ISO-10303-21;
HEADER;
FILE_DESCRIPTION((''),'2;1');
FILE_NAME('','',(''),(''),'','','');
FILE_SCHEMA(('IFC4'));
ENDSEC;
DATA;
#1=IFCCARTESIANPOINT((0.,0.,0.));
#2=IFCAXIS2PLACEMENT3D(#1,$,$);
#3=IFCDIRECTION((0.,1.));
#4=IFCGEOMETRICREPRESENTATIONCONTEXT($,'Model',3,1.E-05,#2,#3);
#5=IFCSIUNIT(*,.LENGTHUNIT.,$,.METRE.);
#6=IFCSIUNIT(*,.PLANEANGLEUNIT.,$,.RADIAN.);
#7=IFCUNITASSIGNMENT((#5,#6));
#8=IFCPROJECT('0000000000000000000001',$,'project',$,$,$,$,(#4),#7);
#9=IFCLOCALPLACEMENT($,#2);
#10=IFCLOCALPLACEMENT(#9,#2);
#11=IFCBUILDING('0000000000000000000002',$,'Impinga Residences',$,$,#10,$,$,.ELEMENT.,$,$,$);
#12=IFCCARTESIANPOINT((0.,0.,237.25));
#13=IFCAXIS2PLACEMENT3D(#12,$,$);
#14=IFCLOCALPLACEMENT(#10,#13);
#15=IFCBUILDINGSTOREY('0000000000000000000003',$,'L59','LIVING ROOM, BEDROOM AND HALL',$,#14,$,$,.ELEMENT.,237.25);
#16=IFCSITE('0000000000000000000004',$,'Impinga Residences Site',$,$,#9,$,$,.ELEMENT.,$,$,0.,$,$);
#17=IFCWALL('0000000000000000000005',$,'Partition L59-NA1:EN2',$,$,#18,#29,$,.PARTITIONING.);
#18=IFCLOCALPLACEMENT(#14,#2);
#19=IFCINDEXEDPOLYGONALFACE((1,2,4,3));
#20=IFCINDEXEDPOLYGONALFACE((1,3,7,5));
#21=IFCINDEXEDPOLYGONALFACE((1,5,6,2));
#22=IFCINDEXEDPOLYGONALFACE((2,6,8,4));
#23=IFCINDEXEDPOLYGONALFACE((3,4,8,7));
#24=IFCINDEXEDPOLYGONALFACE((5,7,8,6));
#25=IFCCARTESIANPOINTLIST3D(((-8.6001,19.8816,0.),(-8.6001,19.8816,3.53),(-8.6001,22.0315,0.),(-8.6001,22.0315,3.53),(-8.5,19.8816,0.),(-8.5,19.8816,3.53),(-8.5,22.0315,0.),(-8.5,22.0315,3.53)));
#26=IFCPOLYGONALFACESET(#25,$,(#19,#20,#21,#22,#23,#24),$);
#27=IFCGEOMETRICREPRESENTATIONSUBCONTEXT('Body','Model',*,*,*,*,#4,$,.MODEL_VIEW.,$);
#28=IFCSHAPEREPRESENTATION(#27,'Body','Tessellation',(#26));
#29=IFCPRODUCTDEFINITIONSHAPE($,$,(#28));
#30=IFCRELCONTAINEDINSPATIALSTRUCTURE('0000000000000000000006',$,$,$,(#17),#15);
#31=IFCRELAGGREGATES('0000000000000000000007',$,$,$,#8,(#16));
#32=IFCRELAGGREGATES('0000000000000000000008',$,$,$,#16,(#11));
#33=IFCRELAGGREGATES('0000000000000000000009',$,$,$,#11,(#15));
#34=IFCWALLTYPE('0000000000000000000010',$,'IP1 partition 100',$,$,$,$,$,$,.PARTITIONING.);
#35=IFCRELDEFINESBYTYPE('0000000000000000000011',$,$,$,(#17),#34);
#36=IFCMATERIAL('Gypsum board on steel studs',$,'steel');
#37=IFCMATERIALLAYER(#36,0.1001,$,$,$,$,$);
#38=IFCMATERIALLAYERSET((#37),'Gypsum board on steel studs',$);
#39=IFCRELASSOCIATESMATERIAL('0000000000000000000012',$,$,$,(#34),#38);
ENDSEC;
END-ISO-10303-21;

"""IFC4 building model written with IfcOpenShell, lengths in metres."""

from ifc_helpers import new_model, si_unit, direction, frame, frame_2d, origin, place, context, subcontext, project, spatial, rectangle, extrude, material, layer, layer_set, type_object, element, save


model = new_model("IFC4")

# Units and contexts
model_context = context("Model", 3, precision=1e-05, world=origin(), true_north=direction((0.0, 1.0)))
body_context = subcontext(model_context, "Body", "Model", "MODEL_VIEW")
ifc_project = project(units=[si_unit("LENGTHUNIT", "METRE"), si_unit("PLANEANGLEUNIT", "RADIAN")], contexts=[model_context])

# Site, building, storey
site_placement = place(None, origin())
site = spatial("IfcSite", under=ifc_project, at=site_placement, Name="Impinga Residences Site", CompositionType="ELEMENT", RefElevation=0.0)
building_placement = place(site_placement, origin())
building = spatial("IfcBuilding", under=site, at=building_placement, Name="Impinga Residences", CompositionType="ELEMENT")
storey_placement = place(building_placement, frame((0.0, 0.0, 237.25)))
storey = spatial("IfcBuildingStorey", under=building, at=storey_placement, Name="L59", Description="LIVING ROOM, BEDROOM AND HALL", CompositionType="ELEMENT", Elevation=237.25)

# Shared definitions
ifc_material_1 = material(Name="Gypsum board on steel studs", Category="steel")
ifc_layer_1 = layer(ifc_material_1, 0.1001)
ifc_layer_set_1 = layer_set([ifc_layer_1], Name="Gypsum board on steel studs")
wall_type_1 = type_object("IfcWallType", Name="IP1 partition 100", PredefinedType="PARTITIONING", material=ifc_layer_set_1)

# Wall
wall_1_placement = place(storey_placement, frame((-8.55, 19.8816, 0.0), z_axis=(0.0, 0.0, 1.0), x_axis=(0.0, 1.0, 0.0)))
element("IfcWall", 1, at=wall_1_placement, inside=storey, type_object=wall_type_1, Name="Partition L59-NA1:EN2", PredefinedType="PARTITIONING", context=body_context, shape_type="SweptSolid", body=[
    extrude(rectangle(XDim=2.1499, YDim=0.1001, at=frame_2d((1.075, 0.0))), origin(), (0.0, 0.0, 1.0), 3.53),
])

save(model, "model.ifc")
